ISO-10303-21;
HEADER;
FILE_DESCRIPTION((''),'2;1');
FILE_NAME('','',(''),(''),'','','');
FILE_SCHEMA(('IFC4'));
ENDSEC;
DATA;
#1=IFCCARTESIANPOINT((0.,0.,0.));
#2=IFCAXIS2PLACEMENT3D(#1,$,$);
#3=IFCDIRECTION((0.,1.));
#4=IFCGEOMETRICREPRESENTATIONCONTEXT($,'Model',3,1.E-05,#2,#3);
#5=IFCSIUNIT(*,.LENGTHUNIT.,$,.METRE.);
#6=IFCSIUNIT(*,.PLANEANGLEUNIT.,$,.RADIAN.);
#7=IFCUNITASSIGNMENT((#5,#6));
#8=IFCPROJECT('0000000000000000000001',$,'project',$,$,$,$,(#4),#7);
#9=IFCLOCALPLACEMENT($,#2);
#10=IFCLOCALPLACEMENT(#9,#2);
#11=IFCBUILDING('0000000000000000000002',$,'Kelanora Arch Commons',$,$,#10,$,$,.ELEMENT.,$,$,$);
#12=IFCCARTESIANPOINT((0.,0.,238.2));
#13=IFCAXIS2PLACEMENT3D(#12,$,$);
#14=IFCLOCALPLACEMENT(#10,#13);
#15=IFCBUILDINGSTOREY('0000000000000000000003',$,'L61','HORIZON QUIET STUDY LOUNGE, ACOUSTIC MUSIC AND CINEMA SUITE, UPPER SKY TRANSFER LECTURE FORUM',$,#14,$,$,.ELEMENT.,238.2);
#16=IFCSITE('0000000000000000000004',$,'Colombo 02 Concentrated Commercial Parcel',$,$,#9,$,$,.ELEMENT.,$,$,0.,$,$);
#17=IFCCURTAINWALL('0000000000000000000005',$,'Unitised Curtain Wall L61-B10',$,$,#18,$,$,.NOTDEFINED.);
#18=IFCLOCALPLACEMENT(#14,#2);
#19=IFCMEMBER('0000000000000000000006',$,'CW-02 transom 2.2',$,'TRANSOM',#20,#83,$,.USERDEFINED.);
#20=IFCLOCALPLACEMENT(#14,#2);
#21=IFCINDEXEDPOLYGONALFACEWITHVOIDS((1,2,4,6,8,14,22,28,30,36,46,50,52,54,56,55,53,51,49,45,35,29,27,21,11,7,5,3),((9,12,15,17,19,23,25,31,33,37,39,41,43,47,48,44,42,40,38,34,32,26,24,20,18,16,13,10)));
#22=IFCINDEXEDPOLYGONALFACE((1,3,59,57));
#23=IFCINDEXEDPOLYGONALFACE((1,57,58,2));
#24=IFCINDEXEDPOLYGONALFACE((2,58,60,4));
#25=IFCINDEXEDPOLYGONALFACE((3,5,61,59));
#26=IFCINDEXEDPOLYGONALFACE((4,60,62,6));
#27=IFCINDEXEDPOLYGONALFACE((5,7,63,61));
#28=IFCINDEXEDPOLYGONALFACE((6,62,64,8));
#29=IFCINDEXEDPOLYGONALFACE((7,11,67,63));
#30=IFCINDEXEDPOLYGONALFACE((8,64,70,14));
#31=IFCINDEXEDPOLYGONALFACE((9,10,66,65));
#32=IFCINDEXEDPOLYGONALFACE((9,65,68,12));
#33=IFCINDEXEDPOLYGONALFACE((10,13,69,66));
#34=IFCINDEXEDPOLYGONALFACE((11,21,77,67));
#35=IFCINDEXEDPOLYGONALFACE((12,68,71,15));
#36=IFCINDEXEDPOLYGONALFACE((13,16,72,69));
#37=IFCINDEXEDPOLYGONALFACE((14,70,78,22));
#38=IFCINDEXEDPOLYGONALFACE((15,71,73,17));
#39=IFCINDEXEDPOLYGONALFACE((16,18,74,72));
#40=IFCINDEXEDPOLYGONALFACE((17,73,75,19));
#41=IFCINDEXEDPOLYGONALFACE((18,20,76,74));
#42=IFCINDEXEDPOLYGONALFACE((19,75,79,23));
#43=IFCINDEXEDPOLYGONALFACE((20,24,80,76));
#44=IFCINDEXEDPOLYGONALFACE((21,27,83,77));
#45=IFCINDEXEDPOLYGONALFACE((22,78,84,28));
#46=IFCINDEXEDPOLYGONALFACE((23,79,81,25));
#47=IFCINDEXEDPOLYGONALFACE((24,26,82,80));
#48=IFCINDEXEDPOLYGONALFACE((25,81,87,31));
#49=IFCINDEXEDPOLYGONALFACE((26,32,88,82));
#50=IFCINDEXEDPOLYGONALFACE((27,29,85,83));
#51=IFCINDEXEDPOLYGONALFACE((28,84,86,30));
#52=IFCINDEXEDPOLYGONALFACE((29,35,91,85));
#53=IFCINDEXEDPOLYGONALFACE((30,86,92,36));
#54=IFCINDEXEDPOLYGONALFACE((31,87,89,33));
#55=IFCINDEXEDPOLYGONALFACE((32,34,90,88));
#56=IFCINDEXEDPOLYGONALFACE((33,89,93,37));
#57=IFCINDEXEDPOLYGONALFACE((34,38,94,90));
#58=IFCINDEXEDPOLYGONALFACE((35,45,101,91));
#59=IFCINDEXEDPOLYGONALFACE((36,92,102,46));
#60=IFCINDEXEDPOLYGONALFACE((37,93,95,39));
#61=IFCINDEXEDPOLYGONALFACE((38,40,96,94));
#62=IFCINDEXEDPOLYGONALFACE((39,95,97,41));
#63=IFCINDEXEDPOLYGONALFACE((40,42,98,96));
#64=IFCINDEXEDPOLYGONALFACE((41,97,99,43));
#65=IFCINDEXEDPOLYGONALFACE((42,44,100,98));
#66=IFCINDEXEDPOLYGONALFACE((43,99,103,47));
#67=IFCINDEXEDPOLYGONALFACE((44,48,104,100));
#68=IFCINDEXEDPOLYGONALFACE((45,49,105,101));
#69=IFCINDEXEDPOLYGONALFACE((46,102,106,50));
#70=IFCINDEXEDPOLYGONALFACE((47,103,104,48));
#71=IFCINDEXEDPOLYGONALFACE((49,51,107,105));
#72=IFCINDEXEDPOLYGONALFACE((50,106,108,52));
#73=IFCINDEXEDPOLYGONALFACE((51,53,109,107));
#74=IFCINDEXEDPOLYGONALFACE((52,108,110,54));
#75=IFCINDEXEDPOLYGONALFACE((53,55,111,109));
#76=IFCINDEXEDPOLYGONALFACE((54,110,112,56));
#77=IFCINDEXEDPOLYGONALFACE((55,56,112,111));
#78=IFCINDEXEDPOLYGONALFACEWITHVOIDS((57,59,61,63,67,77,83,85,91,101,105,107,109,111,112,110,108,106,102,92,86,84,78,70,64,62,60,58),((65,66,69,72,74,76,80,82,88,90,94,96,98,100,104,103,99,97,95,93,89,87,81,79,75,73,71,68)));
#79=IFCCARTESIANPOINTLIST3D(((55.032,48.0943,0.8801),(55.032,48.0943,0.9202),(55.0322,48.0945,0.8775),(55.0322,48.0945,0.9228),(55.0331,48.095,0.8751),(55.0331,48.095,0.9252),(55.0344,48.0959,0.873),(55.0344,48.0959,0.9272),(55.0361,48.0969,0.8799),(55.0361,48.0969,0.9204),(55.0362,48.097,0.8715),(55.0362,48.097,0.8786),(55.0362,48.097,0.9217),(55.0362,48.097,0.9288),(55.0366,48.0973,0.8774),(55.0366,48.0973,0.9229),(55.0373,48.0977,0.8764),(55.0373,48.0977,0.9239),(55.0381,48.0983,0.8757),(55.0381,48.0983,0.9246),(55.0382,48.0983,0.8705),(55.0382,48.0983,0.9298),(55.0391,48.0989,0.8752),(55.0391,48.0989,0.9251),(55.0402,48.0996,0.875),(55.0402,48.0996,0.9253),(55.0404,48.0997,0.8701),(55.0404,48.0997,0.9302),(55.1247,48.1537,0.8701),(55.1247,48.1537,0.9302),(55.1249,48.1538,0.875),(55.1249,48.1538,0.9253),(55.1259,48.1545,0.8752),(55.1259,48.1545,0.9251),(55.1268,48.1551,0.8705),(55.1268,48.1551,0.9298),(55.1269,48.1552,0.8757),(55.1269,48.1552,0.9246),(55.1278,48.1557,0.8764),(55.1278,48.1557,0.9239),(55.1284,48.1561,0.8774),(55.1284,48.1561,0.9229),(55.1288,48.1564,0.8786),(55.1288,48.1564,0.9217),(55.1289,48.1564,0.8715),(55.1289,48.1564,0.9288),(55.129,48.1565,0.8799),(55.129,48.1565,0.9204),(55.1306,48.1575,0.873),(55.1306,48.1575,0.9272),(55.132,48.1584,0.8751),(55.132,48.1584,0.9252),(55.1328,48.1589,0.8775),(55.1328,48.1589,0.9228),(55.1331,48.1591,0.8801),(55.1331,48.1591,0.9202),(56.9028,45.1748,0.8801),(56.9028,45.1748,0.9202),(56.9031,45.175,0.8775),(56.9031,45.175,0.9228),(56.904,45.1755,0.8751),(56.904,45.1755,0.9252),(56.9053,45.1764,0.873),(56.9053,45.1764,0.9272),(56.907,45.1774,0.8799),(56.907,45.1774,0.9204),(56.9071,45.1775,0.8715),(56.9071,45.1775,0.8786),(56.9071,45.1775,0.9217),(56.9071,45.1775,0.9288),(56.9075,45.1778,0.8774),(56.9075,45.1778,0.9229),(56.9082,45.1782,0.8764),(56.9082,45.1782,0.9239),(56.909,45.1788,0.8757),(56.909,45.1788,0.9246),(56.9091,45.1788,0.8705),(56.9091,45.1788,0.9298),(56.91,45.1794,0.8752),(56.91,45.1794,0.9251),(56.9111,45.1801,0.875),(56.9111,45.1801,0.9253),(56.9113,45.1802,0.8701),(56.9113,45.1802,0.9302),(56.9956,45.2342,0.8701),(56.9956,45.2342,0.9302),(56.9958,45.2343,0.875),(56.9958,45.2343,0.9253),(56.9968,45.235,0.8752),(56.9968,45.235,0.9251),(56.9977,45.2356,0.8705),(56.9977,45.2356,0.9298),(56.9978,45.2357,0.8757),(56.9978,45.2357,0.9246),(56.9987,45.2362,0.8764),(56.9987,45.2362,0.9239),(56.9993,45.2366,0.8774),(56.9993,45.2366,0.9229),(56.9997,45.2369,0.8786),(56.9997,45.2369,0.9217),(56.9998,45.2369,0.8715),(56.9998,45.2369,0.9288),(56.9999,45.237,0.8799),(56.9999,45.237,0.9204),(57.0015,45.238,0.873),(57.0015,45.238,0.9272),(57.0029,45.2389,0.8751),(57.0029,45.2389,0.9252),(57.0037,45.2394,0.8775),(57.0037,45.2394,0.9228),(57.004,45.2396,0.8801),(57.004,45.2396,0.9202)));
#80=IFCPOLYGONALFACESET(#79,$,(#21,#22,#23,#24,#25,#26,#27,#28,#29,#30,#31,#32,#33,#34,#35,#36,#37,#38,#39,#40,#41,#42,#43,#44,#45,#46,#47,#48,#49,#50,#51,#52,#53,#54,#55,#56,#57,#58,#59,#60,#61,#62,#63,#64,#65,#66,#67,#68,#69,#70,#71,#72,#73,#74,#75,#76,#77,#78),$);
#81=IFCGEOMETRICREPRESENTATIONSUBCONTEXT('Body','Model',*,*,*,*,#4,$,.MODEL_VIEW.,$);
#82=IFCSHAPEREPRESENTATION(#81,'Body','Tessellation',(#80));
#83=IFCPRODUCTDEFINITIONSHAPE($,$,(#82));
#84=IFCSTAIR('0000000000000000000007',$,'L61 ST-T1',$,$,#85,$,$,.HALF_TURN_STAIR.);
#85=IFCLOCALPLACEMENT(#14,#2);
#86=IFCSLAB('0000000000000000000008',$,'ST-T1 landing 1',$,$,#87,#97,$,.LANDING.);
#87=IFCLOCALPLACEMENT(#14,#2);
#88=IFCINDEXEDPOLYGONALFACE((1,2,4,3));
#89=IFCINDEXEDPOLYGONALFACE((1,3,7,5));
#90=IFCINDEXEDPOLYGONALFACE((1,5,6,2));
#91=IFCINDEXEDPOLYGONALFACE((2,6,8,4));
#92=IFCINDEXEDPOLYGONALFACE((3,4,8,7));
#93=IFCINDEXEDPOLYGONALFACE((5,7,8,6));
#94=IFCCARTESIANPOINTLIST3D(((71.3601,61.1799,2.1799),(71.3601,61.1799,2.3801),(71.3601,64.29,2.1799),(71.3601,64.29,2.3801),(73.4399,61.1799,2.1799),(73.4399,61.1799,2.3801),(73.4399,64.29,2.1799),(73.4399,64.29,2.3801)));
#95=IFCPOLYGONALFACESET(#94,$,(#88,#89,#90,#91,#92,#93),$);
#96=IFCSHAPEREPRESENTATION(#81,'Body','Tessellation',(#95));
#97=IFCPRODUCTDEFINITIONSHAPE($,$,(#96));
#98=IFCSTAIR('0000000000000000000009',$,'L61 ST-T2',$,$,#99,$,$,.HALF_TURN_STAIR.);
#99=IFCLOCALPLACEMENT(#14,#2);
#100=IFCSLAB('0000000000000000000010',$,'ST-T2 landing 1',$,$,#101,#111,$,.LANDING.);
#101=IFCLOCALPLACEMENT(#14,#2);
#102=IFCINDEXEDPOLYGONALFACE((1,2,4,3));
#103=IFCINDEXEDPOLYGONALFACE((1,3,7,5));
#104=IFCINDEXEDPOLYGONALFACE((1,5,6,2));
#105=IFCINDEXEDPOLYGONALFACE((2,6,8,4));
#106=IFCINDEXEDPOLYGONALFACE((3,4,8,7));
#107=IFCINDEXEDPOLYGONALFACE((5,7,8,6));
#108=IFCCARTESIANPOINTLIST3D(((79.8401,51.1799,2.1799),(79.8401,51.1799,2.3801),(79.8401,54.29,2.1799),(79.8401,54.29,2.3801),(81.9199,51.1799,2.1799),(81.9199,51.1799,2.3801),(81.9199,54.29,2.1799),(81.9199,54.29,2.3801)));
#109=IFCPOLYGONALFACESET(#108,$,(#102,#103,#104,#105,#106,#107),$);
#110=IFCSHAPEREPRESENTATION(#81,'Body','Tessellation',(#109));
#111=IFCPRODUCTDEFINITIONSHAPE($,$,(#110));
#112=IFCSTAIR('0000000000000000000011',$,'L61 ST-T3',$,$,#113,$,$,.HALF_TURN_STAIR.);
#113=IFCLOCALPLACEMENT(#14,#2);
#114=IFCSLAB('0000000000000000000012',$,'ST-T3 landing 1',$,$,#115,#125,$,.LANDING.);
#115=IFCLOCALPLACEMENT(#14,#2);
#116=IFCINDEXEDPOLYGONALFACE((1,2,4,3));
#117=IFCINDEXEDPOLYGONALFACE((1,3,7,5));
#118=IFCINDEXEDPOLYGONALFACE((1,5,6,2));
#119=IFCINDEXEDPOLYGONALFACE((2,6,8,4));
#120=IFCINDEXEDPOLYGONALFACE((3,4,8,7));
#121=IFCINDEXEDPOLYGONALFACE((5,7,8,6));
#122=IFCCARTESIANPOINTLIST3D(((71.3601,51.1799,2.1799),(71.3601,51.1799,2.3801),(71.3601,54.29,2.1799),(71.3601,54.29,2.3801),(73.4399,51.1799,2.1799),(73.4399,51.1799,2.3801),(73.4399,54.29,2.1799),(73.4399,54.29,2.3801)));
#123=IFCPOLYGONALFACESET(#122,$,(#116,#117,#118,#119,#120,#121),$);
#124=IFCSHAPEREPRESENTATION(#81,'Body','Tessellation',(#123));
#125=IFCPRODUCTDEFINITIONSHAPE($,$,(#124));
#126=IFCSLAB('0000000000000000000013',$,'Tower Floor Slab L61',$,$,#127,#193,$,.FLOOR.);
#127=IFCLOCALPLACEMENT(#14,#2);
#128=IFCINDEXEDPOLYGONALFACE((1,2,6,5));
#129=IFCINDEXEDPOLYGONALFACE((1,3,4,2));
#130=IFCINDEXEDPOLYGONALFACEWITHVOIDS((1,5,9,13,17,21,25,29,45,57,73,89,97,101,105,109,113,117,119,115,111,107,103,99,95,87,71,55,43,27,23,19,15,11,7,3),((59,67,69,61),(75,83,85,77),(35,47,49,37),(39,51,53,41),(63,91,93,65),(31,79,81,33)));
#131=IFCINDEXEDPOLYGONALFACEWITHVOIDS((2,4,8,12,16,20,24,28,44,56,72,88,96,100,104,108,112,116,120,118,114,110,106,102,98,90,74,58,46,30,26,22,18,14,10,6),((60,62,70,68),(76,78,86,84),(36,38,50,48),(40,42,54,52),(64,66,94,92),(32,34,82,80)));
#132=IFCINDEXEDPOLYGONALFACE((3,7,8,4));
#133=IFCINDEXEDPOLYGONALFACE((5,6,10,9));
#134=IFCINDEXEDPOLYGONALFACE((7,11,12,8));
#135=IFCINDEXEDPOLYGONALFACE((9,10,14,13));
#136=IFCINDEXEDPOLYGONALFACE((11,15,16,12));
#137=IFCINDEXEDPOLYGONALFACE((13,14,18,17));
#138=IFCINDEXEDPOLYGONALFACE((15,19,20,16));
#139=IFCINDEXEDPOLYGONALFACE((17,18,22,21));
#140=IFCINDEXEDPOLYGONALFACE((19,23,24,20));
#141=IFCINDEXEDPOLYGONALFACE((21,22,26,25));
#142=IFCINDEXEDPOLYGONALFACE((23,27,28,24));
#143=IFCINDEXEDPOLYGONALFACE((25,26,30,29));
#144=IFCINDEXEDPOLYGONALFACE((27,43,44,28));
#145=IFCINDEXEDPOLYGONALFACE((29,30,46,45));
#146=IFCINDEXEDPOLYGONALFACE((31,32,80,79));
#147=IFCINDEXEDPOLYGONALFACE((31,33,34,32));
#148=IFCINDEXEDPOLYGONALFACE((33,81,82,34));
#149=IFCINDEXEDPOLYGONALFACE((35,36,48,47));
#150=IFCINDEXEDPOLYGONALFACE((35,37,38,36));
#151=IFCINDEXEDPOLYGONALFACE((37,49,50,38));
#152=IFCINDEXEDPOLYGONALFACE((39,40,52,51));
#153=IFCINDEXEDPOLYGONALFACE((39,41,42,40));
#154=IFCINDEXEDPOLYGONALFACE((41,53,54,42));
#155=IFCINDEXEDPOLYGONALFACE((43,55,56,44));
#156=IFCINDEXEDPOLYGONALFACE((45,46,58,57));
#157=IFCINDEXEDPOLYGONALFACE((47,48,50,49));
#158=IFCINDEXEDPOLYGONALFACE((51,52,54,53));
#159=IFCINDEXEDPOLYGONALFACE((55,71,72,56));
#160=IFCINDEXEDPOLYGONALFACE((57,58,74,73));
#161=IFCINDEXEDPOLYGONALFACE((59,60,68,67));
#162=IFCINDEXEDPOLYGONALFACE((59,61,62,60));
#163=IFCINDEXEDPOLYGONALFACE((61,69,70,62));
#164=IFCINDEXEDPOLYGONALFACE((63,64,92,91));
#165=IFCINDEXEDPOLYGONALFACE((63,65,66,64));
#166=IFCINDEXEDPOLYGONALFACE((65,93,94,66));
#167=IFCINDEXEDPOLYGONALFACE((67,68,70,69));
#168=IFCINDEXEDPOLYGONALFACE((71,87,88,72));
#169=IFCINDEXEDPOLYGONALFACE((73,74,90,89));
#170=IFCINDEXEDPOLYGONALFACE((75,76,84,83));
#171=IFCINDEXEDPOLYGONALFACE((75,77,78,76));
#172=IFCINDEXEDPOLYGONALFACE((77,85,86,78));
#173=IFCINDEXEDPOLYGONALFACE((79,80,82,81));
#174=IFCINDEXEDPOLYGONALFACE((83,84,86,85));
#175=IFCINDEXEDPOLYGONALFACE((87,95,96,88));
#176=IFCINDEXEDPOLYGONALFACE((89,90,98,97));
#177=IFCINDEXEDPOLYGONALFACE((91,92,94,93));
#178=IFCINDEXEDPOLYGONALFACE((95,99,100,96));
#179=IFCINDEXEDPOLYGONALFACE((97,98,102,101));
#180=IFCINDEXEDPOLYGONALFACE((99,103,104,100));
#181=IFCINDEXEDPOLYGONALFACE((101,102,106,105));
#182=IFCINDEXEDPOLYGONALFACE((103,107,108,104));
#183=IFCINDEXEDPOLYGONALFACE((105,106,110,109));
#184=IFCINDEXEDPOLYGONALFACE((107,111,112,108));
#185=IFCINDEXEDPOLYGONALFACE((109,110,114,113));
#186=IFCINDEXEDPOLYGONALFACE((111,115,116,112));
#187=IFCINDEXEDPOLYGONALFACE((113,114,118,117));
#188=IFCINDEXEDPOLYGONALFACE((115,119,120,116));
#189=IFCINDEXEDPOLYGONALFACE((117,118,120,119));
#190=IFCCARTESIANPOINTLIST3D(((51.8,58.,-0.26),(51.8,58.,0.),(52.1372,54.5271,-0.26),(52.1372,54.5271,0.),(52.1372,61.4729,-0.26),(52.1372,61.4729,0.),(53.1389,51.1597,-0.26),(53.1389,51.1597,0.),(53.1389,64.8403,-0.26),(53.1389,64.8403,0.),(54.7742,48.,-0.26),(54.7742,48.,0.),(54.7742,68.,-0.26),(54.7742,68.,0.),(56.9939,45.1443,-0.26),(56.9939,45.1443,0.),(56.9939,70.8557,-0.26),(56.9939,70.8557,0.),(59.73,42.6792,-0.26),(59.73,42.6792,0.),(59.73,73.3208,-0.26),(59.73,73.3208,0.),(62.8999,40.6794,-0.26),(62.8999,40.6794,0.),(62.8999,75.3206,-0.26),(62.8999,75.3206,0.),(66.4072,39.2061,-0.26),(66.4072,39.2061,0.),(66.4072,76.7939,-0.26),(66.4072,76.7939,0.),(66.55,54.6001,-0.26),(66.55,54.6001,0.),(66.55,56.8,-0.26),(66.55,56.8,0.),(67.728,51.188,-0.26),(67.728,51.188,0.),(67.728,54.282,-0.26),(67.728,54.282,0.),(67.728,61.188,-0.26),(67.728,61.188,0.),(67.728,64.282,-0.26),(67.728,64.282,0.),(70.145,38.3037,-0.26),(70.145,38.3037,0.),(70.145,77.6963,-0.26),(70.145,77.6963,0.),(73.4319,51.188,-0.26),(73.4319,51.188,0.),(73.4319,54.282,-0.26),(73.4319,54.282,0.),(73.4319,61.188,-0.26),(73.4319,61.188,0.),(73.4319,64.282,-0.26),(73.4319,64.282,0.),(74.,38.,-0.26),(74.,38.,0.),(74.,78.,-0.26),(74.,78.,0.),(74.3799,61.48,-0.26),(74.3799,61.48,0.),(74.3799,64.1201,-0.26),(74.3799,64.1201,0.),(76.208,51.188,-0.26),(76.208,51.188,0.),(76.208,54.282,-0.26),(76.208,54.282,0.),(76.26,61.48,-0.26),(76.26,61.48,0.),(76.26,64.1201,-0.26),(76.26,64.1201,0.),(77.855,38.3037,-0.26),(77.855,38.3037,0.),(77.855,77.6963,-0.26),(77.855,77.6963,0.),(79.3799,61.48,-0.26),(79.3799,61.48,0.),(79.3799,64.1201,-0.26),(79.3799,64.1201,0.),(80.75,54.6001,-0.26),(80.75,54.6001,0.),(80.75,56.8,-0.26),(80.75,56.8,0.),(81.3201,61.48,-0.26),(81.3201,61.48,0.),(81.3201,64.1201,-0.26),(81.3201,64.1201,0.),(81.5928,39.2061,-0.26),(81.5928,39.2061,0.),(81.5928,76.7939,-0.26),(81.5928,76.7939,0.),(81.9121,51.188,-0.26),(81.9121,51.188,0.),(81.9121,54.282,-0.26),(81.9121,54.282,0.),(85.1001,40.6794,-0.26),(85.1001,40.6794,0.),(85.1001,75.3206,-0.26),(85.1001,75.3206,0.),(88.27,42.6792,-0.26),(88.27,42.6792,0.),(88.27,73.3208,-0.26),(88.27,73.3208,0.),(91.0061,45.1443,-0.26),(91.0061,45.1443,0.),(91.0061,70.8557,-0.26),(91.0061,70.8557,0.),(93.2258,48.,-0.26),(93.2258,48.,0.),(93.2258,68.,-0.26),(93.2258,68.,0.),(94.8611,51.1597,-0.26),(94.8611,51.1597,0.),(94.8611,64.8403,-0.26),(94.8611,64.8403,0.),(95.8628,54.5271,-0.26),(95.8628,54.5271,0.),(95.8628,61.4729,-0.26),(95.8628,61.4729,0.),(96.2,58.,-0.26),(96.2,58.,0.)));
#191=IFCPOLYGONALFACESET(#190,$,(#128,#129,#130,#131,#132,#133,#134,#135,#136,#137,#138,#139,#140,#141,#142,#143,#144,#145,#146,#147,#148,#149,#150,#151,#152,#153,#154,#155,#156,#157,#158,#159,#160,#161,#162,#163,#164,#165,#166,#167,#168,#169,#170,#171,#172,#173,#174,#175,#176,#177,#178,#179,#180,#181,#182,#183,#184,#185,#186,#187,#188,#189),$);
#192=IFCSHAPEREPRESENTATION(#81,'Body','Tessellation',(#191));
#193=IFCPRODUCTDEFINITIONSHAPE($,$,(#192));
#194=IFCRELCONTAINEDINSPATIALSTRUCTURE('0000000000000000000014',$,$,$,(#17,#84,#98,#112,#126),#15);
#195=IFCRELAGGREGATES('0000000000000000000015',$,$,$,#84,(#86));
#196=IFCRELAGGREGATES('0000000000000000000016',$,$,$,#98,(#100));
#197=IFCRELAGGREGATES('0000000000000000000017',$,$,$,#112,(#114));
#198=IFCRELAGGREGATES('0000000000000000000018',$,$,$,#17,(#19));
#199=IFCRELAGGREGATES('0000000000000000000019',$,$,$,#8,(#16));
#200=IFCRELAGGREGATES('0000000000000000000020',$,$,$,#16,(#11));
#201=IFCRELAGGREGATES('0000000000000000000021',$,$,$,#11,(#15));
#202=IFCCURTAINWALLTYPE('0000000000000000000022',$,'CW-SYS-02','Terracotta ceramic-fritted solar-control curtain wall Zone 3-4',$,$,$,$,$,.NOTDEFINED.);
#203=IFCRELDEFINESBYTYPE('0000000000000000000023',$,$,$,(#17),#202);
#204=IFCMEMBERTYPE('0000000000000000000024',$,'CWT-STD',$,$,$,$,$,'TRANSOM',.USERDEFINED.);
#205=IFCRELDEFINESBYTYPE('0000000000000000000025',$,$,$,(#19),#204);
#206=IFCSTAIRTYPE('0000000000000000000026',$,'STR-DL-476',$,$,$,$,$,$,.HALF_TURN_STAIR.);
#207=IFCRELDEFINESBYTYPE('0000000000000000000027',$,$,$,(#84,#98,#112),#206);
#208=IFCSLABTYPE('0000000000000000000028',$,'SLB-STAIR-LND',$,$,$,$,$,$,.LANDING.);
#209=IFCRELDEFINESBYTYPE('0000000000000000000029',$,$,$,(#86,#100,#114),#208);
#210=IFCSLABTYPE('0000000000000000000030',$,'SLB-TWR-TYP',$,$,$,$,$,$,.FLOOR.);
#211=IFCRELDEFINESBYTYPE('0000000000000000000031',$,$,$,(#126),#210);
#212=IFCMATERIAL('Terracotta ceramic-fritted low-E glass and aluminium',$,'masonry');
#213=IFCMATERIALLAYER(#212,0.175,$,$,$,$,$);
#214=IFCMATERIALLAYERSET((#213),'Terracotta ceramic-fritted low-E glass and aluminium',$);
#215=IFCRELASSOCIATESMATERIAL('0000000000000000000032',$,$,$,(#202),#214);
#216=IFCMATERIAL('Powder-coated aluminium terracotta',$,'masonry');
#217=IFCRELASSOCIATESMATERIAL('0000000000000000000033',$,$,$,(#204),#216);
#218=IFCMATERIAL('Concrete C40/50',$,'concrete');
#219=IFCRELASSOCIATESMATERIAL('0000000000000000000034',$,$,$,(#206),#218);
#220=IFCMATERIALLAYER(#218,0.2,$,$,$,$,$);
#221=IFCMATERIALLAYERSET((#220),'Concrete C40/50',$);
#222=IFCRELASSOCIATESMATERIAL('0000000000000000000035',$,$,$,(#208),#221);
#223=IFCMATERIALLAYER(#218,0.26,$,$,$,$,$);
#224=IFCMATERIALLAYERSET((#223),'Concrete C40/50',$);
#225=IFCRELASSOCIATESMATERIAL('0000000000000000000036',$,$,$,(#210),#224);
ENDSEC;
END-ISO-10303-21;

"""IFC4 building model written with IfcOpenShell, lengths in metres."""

from ifc_helpers import new_model, si_unit, direction, frame, origin, origin_2d, place, context, subcontext, project, spatial, polyline, hollow_rectangle, outline, extrude, material, layer, layer_set, material_profile, profile_set, type_object, element, aggregate, save


model = new_model("IFC4")

# Units and contexts
model_context = context("Model", 3, precision=1e-05, world=origin(), true_north=direction((0.0, 1.0)))
body_context = subcontext(model_context, "Body", "Model", "MODEL_VIEW")
ifc_project = project(units=[si_unit("LENGTHUNIT", "METRE"), si_unit("PLANEANGLEUNIT", "RADIAN")], contexts=[model_context])

# Site, building, storey
site_placement = place(None, origin())
site = spatial("IfcSite", under=ifc_project, at=site_placement, Name="Colombo 02 Concentrated Commercial Parcel", CompositionType="ELEMENT", RefElevation=0.0)
building_placement = place(site_placement, origin())
building = spatial("IfcBuilding", under=site, at=building_placement, Name="Kelanora Arch Commons", CompositionType="ELEMENT")
storey_placement = place(building_placement, frame((0.0, 0.0, 238.2)))
storey = spatial("IfcBuildingStorey", under=building, at=storey_placement, Name="L61", Description="HORIZON QUIET STUDY LOUNGE, ACOUSTIC MUSIC AND CINEMA SUITE, UPPER SKY TRANSFER LECTURE FORUM", CompositionType="ELEMENT", Elevation=238.2)

# Shared definitions
ifc_material_1 = material(Name="Terracotta ceramic-fritted low-E glass and aluminium", Category="masonry")
ifc_layer_1 = layer(ifc_material_1, 0.175)
ifc_layer_set_1 = layer_set([ifc_layer_1], Name="Terracotta ceramic-fritted low-E glass and aluminium")
curtain_wall_type = type_object("IfcCurtainWallType", Name="CW-SYS-02", Description="Terracotta ceramic-fritted solar-control curtain wall Zone 3-4", PredefinedType="NOTDEFINED", material=ifc_layer_set_1)
ifc_material_2 = material(Name="Powder-coated aluminium terracotta", Category="masonry")

# Curtain wall, member
curtain_wall_1_placement = place(storey_placement, origin())
curtain_wall_1 = element("IfcCurtainWall", 1, at=curtain_wall_1_placement, inside=storey, type_object=curtain_wall_type, Name="Unitised Curtain Wall L61-B10", PredefinedType="NOTDEFINED")
ifc_material_profile_1 = material_profile(ifc_material_2, hollow_rectangle(XDim=0.1201, YDim=0.0601, WallThickness=0.0049, InnerFilletRadius=0.0049, OuterFilletRadius=0.01, at=origin_2d()), Name="CWT120x60")
ifc_profile_set_1 = profile_set([ifc_material_profile_1], Name="Powder-coated aluminium terracotta")
member_type_1 = type_object("IfcMemberType", Name="CWT-STD", ElementType="TRANSOM", PredefinedType="USERDEFINED", material=ifc_profile_set_1)
member_1_placement = place(storey_placement, frame((55.0825, 48.1267, 0.9001), z_axis=(0.539547, -0.841955, 0.0), x_axis=(0.841955, 0.539547, 0.0)))
member_1 = element("IfcMember", 2, at=member_1_placement, type_object=member_type_1, Name="CW-02 transom 2.2", ObjectType="TRANSOM", PredefinedType="USERDEFINED", context=body_context, shape_type="SweptSolid", body=[
    extrude(hollow_rectangle(XDim=0.1201, YDim=0.0601, WallThickness=0.0049, InnerFilletRadius=0.0049, OuterFilletRadius=0.01, at=origin_2d()), origin(), (0.0, 0.0, 1.0), 3.4675),
])

# Stairs, slabs
ifc_material_3 = material(Name="Concrete C40/50", Category="concrete")
stair_type = type_object("IfcStairType", Name="STR-DL-476", PredefinedType="HALF_TURN_STAIR", material=ifc_material_3)
stair_1_placement = place(storey_placement, origin())
stair_1 = element("IfcStair", 3, at=stair_1_placement, inside=storey, type_object=stair_type, Name="L61 ST-T1", PredefinedType="HALF_TURN_STAIR")
ifc_layer_2 = layer(ifc_material_3, 0.2)
ifc_layer_set_2 = layer_set([ifc_layer_2], Name="Concrete C40/50")
slab_type_1 = type_object("IfcSlabType", Name="SLB-STAIR-LND", PredefinedType="LANDING", material=ifc_layer_set_2)
slab_1_placement = place(storey_placement, frame((0.0, 0.0, 2.1799)))
slab_1 = element("IfcSlab", 4, at=slab_1_placement, type_object=slab_type_1, Name="ST-T1 landing 1", PredefinedType="LANDING", context=body_context, shape_type="SweptSolid", body=[
    extrude(outline(polyline([(71.3601, 61.1799), (73.4399, 61.1799), (73.4399, 64.29), (71.3601, 64.29), (71.3601, 61.1799)])), origin(), (0.0, 0.0, 1.0), 0.2002),
])
aggregate(stair_1, [slab_1])
stair_2_placement = place(storey_placement, origin())
stair_2 = element("IfcStair", 5, at=stair_2_placement, inside=storey, type_object=stair_type, Name="L61 ST-T2", PredefinedType="HALF_TURN_STAIR")
slab_2_placement = place(storey_placement, frame((0.0, 0.0, 2.1799)))
slab_2 = element("IfcSlab", 6, at=slab_2_placement, type_object=slab_type_1, Name="ST-T2 landing 1", PredefinedType="LANDING", context=body_context, shape_type="SweptSolid", body=[
    extrude(outline(polyline([(79.8401, 51.1799), (81.9199, 51.1799), (81.9199, 54.29), (79.8401, 54.29), (79.8401, 51.1799)])), origin(), (0.0, 0.0, 1.0), 0.2002),
])
aggregate(stair_2, [slab_2])
stair_3_placement = place(storey_placement, origin())
stair_3 = element("IfcStair", 7, at=stair_3_placement, inside=storey, type_object=stair_type, Name="L61 ST-T3", PredefinedType="HALF_TURN_STAIR")
slab_3_placement = place(storey_placement, frame((0.0, 0.0, 2.1799)))
slab_3 = element("IfcSlab", 8, at=slab_3_placement, type_object=slab_type_1, Name="ST-T3 landing 1", PredefinedType="LANDING", context=body_context, shape_type="SweptSolid", body=[
    extrude(outline(polyline([(71.3601, 51.1799), (73.4399, 51.1799), (73.4399, 54.29), (71.3601, 54.29), (71.3601, 51.1799)])), origin(), (0.0, 0.0, 1.0), 0.2002),
])
aggregate(stair_3, [slab_3])

# Slab
ifc_layer_3 = layer(ifc_material_3, 0.26)
ifc_layer_set_3 = layer_set([ifc_layer_3], Name="Concrete C40/50")
slab_type_2 = type_object("IfcSlabType", Name="SLB-TWR-TYP", PredefinedType="FLOOR", material=ifc_layer_set_3)
slab_4_placement = place(storey_placement, frame((0.0, 0.0, -0.26)))
element("IfcSlab", 9, at=slab_4_placement, inside=storey, type_object=slab_type_2, Name="Tower Floor Slab L61", PredefinedType="FLOOR", context=body_context, shape_type="SweptSolid", body=[
    extrude(outline(polyline([(96.2, 58.0), (95.8628, 61.4729), (94.8611, 64.8403), (93.2258, 68.0), (91.0061, 70.8557), (88.27, 73.3208), (85.1001, 75.3206), (81.5928, 76.7939), (77.855, 77.6963), (74.0, 78.0), (70.145, 77.6963), (66.4072, 76.7939), (62.8999, 75.3206), (59.73, 73.3208), (56.9939, 70.8557), (54.7742, 68.0), (53.1389, 64.8403), (52.1372, 61.4729), (51.8, 58.0), (52.1372, 54.5271), (53.1389, 51.1597), (54.7742, 48.0), (56.9939, 45.1443), (59.73, 42.6792), (62.8999, 40.6794), (66.4072, 39.2061), (70.145, 38.3037), (74.0, 38.0), (77.855, 38.3037), (81.5928, 39.2061), (85.1001, 40.6794), (88.27, 42.6792), (91.0061, 45.1443), (93.2258, 48.0), (94.8611, 51.1597), (95.8628, 54.5271), (96.2, 58.0)]), holes=[polyline([(73.4319, 51.188), (67.728, 51.188), (67.728, 54.282), (73.4319, 54.282), (73.4319, 51.188)]), polyline([(76.208, 51.188), (76.208, 54.282), (81.9121, 54.282), (81.9121, 51.188), (76.208, 51.188)]), polyline([(66.55, 54.6001), (66.55, 56.8), (80.75, 56.8), (80.75, 54.6001), (66.55, 54.6001)]), polyline([(73.4319, 61.188), (67.728, 61.188), (67.728, 64.282), (73.4319, 64.282), (73.4319, 61.188)]), polyline([(74.3799, 61.48), (74.3799, 64.1201), (76.26, 64.1201), (76.26, 61.48), (74.3799, 61.48)]), polyline([(79.3799, 61.48), (79.3799, 64.1201), (81.3201, 64.1201), (81.3201, 61.48), (79.3799, 61.48)])]), origin(), (0.0, 0.0, 1.0), 0.26),
])

aggregate(curtain_wall_1, [member_1])

save(model, "model.ifc")
